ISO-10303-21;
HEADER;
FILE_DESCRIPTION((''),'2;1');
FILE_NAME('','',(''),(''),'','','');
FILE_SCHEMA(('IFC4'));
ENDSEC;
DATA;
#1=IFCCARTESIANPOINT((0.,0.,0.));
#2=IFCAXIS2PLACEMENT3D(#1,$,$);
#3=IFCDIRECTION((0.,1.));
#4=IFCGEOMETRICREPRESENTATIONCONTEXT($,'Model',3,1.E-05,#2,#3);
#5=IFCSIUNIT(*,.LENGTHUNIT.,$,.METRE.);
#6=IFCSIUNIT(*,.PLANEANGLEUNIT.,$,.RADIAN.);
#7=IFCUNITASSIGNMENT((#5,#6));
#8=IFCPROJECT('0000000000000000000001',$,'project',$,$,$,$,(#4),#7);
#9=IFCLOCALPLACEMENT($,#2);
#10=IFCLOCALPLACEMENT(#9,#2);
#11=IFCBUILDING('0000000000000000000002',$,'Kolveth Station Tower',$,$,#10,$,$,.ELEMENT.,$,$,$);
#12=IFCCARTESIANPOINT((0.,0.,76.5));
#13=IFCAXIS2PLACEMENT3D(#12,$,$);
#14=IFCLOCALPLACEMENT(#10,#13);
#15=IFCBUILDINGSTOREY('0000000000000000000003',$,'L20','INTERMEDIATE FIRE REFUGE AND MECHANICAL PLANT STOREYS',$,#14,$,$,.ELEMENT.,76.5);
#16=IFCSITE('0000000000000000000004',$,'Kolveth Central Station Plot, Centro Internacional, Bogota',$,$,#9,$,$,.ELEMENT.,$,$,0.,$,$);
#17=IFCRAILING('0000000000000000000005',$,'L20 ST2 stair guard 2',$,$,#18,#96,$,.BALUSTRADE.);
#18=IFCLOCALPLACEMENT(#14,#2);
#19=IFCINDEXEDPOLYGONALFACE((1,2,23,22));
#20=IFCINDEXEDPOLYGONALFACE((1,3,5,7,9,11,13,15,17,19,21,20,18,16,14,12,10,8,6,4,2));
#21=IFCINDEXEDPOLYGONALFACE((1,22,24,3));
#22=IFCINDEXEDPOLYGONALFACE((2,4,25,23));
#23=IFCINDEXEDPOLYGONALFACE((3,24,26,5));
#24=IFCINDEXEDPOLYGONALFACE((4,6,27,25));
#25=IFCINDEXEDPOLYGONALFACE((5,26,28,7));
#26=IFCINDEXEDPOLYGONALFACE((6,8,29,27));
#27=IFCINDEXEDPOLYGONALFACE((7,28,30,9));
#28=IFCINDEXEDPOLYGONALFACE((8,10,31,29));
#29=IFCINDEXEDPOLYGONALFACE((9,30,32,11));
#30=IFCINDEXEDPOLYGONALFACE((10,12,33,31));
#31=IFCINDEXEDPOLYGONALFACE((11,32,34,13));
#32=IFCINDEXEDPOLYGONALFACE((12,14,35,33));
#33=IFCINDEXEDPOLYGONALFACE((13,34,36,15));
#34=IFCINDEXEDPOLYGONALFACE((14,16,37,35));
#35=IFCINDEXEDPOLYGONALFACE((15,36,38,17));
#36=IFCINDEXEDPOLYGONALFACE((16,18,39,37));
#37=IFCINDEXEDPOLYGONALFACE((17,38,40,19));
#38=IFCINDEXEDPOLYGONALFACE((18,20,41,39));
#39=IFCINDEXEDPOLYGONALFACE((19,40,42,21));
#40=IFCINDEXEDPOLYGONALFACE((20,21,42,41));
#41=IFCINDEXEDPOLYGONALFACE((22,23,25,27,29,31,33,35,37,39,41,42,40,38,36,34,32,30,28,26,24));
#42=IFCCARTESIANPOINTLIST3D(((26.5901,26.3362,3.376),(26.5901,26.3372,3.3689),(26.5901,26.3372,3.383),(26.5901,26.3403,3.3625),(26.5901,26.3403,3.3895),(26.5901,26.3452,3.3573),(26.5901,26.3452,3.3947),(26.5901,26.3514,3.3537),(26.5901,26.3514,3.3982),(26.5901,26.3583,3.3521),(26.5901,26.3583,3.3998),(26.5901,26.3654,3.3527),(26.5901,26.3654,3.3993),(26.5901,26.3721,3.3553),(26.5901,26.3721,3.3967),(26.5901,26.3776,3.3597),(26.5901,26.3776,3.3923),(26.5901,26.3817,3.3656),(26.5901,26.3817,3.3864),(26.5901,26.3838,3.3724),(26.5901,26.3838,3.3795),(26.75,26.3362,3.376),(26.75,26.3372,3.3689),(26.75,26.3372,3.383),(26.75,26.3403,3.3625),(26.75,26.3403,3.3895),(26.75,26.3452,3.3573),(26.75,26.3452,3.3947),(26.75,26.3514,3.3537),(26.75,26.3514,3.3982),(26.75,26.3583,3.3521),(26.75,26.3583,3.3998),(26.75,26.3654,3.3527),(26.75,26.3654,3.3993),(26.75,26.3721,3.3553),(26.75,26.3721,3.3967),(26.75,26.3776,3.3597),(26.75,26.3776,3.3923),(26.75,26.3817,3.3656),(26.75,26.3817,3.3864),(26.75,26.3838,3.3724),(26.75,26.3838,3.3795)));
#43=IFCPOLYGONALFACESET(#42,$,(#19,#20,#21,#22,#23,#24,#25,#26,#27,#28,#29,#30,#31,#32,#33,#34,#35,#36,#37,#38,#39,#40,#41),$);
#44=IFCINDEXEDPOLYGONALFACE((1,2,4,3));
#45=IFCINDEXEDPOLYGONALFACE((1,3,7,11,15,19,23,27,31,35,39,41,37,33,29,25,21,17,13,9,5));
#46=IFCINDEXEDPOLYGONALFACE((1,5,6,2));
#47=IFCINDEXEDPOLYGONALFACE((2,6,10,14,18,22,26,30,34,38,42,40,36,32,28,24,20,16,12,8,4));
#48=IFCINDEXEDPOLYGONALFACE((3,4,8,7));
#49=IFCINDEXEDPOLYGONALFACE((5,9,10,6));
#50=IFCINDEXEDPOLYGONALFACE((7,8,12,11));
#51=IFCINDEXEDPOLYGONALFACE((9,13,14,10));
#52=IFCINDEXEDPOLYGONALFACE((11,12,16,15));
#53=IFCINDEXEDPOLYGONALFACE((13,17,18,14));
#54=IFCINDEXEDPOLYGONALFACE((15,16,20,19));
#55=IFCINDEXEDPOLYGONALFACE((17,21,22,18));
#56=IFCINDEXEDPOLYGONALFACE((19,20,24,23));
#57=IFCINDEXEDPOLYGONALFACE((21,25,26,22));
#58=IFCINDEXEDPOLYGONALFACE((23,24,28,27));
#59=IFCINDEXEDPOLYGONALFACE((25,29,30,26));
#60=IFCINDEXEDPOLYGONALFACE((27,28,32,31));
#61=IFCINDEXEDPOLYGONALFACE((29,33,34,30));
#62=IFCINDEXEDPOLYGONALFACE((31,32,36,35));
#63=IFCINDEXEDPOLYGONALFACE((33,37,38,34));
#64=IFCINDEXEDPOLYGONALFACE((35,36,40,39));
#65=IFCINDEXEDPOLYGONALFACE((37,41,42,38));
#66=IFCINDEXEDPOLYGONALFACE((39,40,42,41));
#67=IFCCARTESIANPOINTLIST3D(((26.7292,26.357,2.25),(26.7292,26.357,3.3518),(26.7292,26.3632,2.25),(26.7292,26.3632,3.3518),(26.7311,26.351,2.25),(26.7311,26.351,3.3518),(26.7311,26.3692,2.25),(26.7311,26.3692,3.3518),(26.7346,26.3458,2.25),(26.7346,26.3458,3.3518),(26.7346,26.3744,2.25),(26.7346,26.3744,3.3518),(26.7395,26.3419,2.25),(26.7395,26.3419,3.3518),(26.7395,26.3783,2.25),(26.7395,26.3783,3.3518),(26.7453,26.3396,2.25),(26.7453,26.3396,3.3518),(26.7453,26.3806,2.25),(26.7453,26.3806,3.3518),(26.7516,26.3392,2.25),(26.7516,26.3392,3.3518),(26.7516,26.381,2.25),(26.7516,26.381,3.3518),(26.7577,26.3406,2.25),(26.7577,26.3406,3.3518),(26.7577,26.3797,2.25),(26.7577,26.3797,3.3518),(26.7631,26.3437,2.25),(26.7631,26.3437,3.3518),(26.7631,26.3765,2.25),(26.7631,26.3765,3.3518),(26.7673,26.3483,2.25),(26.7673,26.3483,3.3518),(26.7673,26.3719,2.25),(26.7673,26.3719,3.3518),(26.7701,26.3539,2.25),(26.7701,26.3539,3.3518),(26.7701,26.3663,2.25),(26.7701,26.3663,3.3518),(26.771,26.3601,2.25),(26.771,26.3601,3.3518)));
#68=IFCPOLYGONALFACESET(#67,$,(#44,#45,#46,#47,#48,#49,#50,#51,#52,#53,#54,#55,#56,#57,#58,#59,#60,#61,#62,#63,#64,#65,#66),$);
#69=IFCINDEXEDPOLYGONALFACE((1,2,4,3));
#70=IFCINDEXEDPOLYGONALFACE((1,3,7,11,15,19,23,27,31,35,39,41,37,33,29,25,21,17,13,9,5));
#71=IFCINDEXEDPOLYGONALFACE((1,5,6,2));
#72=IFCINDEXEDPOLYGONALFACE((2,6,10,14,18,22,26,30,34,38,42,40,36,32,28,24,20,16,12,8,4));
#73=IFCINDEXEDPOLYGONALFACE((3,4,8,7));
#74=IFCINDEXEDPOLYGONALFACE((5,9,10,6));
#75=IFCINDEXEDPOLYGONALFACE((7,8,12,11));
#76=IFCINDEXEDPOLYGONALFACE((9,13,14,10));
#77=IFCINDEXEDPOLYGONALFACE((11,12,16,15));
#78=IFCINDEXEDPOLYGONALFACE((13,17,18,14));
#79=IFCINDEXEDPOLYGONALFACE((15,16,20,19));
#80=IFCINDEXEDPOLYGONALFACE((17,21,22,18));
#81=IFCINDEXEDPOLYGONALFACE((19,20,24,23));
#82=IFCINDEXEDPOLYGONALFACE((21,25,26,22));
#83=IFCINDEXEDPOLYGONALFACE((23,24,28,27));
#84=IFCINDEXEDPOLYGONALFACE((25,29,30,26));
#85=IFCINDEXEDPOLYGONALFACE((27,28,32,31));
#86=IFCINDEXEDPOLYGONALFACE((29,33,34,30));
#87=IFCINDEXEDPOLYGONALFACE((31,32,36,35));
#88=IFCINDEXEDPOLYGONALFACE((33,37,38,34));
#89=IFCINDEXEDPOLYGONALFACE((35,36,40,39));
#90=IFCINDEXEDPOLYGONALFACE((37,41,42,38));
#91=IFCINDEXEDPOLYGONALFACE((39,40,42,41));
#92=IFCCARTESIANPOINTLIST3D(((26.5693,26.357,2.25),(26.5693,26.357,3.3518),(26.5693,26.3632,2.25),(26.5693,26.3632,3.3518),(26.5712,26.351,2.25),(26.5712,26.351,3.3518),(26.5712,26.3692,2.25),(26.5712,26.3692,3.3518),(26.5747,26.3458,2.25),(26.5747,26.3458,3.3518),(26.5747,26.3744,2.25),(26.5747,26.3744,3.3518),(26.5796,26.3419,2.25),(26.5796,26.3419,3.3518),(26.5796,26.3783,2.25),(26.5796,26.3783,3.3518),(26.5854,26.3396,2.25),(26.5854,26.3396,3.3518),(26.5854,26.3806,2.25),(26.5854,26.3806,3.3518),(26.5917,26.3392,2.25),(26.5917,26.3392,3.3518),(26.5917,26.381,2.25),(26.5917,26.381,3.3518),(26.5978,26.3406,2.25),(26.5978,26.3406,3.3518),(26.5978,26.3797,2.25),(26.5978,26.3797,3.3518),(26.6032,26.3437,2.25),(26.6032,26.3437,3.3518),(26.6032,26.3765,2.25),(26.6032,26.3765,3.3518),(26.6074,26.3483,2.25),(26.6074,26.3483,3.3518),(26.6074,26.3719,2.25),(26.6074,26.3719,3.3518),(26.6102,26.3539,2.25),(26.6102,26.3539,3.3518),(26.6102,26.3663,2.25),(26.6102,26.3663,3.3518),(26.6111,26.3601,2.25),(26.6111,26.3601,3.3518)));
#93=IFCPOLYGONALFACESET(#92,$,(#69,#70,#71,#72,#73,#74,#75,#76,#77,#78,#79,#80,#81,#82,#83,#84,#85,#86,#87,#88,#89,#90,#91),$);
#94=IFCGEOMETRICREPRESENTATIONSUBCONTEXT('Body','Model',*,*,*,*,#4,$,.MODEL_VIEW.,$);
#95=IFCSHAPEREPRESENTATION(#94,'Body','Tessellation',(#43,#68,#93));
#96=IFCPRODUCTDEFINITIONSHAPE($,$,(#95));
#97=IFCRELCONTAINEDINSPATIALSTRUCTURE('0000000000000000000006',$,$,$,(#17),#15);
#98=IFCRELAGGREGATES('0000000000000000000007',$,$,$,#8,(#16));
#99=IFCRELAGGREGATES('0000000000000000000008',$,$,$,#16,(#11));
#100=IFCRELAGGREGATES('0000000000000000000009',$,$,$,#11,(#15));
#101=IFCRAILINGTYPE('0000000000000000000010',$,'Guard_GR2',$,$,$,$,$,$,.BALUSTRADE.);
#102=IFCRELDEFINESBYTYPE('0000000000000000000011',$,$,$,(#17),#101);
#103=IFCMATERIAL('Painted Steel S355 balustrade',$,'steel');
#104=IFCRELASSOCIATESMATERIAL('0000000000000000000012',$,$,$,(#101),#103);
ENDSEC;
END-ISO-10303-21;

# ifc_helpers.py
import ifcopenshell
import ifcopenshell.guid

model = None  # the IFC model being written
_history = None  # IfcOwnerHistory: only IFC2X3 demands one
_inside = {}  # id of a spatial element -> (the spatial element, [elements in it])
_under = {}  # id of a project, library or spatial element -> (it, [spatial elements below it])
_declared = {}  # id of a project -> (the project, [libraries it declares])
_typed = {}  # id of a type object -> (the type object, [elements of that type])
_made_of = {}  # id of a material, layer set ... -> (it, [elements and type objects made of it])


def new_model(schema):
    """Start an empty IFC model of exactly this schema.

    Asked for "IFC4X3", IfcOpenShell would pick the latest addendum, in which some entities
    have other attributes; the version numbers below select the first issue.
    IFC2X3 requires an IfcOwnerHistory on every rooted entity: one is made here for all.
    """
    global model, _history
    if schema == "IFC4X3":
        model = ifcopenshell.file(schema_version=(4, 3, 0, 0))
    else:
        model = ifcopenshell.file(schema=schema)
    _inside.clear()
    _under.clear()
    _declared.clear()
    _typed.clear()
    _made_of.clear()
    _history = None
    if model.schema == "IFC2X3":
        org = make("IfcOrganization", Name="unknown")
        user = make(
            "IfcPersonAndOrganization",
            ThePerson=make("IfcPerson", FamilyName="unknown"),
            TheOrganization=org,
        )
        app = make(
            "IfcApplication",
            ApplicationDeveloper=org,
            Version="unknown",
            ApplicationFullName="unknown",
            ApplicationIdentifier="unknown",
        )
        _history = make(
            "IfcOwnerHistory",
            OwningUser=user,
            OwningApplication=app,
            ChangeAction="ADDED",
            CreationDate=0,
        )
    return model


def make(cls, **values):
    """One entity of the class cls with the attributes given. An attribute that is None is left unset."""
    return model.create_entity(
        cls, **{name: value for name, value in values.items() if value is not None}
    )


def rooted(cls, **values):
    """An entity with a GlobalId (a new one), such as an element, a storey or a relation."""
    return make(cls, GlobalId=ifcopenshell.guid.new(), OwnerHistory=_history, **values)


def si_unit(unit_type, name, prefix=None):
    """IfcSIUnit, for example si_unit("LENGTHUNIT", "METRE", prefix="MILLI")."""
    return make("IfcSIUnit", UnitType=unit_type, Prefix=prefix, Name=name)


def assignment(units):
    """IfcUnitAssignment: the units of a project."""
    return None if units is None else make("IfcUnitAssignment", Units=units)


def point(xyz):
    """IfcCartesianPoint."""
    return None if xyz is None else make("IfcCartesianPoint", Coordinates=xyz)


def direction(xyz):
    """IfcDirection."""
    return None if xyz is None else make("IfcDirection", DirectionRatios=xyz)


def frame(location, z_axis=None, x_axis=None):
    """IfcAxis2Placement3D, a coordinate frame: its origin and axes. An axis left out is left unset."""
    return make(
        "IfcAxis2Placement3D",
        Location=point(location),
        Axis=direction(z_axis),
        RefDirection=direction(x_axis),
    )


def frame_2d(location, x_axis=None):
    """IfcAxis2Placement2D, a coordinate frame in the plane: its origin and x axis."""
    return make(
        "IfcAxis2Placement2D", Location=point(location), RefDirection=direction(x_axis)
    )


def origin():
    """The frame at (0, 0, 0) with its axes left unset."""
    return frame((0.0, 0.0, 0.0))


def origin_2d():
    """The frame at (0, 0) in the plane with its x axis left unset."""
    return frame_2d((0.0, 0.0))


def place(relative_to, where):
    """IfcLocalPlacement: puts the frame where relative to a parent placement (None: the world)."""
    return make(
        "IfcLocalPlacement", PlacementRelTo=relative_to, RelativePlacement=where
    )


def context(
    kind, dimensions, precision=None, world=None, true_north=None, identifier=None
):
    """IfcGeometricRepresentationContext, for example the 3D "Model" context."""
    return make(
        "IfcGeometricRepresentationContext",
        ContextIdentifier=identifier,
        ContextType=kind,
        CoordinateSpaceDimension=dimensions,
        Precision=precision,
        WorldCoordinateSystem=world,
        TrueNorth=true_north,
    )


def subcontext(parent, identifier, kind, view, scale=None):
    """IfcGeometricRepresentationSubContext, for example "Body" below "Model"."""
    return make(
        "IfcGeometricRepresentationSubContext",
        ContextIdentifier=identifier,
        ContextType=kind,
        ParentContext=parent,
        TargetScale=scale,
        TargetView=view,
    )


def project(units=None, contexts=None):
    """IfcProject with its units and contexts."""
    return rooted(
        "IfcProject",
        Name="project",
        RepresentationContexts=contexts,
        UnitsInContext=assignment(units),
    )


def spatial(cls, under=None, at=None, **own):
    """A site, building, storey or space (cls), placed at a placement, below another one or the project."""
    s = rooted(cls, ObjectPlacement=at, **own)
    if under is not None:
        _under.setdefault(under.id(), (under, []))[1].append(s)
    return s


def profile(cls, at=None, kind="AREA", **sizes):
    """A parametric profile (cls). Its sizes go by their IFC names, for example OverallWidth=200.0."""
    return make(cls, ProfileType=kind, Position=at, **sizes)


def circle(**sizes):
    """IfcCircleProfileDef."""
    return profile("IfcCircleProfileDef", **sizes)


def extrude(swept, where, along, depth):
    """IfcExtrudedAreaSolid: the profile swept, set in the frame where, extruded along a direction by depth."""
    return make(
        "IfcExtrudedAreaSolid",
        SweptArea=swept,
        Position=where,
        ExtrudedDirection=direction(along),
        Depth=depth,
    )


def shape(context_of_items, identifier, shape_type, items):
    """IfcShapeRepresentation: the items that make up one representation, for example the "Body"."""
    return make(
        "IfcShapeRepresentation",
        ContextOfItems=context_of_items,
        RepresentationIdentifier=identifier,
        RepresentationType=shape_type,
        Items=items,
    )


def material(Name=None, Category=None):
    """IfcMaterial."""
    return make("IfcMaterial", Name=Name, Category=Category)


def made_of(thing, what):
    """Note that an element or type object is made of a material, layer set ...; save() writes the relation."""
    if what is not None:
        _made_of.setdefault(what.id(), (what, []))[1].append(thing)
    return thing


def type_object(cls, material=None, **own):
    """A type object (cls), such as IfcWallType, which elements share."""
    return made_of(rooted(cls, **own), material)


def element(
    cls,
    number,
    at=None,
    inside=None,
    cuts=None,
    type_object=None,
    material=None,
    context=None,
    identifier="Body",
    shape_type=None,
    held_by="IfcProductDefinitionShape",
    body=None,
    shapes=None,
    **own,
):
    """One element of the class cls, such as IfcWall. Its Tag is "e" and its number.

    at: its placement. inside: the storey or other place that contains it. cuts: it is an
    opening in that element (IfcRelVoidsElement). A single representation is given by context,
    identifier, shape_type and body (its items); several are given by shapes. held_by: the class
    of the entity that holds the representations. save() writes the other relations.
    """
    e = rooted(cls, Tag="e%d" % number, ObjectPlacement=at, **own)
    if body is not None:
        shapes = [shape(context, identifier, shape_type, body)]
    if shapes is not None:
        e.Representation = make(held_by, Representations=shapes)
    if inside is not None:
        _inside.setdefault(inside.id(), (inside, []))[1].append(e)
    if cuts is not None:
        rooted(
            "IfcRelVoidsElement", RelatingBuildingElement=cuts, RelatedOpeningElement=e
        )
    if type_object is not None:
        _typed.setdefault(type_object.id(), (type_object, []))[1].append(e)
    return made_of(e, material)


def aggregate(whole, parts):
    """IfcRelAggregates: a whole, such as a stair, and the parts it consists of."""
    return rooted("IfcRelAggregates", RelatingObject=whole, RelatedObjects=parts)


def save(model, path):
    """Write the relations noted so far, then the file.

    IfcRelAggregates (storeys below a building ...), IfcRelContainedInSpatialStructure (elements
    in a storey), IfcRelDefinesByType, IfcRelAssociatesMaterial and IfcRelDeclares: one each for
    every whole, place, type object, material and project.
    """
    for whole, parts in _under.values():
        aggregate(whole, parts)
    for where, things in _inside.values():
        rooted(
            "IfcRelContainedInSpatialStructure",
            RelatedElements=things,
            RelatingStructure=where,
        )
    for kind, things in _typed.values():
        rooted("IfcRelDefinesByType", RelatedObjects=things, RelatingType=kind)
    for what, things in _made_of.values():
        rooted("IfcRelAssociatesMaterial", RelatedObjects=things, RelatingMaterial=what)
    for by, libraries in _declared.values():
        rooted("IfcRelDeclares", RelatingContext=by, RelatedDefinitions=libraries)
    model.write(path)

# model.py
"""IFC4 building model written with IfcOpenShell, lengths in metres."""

from ifc_helpers import new_model, si_unit, direction, frame, origin, origin_2d, place, context, subcontext, project, spatial, circle, extrude, material, type_object, element, save


model = new_model("IFC4")

# Units and contexts
model_context = context("Model", 3, precision=1e-05, world=origin(), true_north=direction((0.0, 1.0)))
body_context = subcontext(model_context, "Body", "Model", "MODEL_VIEW")
ifc_project = project(units=[si_unit("LENGTHUNIT", "METRE"), si_unit("PLANEANGLEUNIT", "RADIAN")], contexts=[model_context])

# Site, building, storey
site_placement = place(None, origin())
site = spatial("IfcSite", under=ifc_project, at=site_placement, Name="Kolveth Central Station Plot, Centro Internacional, Bogota", CompositionType="ELEMENT", RefElevation=0.0)
building_placement = place(site_placement, origin())
building = spatial("IfcBuilding", under=site, at=building_placement, Name="Kolveth Station Tower", CompositionType="ELEMENT")
storey_placement = place(building_placement, frame((0.0, 0.0, 76.5)))
storey = spatial("IfcBuildingStorey", under=building, at=storey_placement, Name="L20", Description="INTERMEDIATE FIRE REFUGE AND MECHANICAL PLANT STOREYS", CompositionType="ELEMENT", Elevation=76.5)

# Railing
ifc_material_1 = material(Name="Painted Steel S355 balustrade", Category="steel")
railing_type_1 = type_object("IfcRailingType", Name="Guard_GR2", PredefinedType="BALUSTRADE", material=ifc_material_1)
railing_1_placement = place(storey_placement, frame((26.75, 26.3601, 2.25)))
element("IfcRailing", 1, at=railing_1_placement, inside=storey, type_object=railing_type_1, Name="L20 ST2 stair guard 2", PredefinedType="BALUSTRADE", context=body_context, shape_type="SweptSolid", body=[
    extrude(circle(Radius=0.0239, at=origin_2d()), frame((0.0, 0.0, 1.126), z_axis=(-1.0, 0.0, 0.0), x_axis=(0.0, -1.0, 0.0)), (0.0, 0.0, 1.0), 0.1599),
    extrude(circle(Radius=0.021, at=origin_2d()), origin(), (0.0, 0.0, 1.0), 1.1018),
    extrude(circle(Radius=0.021, at=origin_2d()), frame((-0.1599, 0.0, 0.0)), (0.0, 0.0, 1.0), 1.1018),
])

save(model, "model.ifc")
